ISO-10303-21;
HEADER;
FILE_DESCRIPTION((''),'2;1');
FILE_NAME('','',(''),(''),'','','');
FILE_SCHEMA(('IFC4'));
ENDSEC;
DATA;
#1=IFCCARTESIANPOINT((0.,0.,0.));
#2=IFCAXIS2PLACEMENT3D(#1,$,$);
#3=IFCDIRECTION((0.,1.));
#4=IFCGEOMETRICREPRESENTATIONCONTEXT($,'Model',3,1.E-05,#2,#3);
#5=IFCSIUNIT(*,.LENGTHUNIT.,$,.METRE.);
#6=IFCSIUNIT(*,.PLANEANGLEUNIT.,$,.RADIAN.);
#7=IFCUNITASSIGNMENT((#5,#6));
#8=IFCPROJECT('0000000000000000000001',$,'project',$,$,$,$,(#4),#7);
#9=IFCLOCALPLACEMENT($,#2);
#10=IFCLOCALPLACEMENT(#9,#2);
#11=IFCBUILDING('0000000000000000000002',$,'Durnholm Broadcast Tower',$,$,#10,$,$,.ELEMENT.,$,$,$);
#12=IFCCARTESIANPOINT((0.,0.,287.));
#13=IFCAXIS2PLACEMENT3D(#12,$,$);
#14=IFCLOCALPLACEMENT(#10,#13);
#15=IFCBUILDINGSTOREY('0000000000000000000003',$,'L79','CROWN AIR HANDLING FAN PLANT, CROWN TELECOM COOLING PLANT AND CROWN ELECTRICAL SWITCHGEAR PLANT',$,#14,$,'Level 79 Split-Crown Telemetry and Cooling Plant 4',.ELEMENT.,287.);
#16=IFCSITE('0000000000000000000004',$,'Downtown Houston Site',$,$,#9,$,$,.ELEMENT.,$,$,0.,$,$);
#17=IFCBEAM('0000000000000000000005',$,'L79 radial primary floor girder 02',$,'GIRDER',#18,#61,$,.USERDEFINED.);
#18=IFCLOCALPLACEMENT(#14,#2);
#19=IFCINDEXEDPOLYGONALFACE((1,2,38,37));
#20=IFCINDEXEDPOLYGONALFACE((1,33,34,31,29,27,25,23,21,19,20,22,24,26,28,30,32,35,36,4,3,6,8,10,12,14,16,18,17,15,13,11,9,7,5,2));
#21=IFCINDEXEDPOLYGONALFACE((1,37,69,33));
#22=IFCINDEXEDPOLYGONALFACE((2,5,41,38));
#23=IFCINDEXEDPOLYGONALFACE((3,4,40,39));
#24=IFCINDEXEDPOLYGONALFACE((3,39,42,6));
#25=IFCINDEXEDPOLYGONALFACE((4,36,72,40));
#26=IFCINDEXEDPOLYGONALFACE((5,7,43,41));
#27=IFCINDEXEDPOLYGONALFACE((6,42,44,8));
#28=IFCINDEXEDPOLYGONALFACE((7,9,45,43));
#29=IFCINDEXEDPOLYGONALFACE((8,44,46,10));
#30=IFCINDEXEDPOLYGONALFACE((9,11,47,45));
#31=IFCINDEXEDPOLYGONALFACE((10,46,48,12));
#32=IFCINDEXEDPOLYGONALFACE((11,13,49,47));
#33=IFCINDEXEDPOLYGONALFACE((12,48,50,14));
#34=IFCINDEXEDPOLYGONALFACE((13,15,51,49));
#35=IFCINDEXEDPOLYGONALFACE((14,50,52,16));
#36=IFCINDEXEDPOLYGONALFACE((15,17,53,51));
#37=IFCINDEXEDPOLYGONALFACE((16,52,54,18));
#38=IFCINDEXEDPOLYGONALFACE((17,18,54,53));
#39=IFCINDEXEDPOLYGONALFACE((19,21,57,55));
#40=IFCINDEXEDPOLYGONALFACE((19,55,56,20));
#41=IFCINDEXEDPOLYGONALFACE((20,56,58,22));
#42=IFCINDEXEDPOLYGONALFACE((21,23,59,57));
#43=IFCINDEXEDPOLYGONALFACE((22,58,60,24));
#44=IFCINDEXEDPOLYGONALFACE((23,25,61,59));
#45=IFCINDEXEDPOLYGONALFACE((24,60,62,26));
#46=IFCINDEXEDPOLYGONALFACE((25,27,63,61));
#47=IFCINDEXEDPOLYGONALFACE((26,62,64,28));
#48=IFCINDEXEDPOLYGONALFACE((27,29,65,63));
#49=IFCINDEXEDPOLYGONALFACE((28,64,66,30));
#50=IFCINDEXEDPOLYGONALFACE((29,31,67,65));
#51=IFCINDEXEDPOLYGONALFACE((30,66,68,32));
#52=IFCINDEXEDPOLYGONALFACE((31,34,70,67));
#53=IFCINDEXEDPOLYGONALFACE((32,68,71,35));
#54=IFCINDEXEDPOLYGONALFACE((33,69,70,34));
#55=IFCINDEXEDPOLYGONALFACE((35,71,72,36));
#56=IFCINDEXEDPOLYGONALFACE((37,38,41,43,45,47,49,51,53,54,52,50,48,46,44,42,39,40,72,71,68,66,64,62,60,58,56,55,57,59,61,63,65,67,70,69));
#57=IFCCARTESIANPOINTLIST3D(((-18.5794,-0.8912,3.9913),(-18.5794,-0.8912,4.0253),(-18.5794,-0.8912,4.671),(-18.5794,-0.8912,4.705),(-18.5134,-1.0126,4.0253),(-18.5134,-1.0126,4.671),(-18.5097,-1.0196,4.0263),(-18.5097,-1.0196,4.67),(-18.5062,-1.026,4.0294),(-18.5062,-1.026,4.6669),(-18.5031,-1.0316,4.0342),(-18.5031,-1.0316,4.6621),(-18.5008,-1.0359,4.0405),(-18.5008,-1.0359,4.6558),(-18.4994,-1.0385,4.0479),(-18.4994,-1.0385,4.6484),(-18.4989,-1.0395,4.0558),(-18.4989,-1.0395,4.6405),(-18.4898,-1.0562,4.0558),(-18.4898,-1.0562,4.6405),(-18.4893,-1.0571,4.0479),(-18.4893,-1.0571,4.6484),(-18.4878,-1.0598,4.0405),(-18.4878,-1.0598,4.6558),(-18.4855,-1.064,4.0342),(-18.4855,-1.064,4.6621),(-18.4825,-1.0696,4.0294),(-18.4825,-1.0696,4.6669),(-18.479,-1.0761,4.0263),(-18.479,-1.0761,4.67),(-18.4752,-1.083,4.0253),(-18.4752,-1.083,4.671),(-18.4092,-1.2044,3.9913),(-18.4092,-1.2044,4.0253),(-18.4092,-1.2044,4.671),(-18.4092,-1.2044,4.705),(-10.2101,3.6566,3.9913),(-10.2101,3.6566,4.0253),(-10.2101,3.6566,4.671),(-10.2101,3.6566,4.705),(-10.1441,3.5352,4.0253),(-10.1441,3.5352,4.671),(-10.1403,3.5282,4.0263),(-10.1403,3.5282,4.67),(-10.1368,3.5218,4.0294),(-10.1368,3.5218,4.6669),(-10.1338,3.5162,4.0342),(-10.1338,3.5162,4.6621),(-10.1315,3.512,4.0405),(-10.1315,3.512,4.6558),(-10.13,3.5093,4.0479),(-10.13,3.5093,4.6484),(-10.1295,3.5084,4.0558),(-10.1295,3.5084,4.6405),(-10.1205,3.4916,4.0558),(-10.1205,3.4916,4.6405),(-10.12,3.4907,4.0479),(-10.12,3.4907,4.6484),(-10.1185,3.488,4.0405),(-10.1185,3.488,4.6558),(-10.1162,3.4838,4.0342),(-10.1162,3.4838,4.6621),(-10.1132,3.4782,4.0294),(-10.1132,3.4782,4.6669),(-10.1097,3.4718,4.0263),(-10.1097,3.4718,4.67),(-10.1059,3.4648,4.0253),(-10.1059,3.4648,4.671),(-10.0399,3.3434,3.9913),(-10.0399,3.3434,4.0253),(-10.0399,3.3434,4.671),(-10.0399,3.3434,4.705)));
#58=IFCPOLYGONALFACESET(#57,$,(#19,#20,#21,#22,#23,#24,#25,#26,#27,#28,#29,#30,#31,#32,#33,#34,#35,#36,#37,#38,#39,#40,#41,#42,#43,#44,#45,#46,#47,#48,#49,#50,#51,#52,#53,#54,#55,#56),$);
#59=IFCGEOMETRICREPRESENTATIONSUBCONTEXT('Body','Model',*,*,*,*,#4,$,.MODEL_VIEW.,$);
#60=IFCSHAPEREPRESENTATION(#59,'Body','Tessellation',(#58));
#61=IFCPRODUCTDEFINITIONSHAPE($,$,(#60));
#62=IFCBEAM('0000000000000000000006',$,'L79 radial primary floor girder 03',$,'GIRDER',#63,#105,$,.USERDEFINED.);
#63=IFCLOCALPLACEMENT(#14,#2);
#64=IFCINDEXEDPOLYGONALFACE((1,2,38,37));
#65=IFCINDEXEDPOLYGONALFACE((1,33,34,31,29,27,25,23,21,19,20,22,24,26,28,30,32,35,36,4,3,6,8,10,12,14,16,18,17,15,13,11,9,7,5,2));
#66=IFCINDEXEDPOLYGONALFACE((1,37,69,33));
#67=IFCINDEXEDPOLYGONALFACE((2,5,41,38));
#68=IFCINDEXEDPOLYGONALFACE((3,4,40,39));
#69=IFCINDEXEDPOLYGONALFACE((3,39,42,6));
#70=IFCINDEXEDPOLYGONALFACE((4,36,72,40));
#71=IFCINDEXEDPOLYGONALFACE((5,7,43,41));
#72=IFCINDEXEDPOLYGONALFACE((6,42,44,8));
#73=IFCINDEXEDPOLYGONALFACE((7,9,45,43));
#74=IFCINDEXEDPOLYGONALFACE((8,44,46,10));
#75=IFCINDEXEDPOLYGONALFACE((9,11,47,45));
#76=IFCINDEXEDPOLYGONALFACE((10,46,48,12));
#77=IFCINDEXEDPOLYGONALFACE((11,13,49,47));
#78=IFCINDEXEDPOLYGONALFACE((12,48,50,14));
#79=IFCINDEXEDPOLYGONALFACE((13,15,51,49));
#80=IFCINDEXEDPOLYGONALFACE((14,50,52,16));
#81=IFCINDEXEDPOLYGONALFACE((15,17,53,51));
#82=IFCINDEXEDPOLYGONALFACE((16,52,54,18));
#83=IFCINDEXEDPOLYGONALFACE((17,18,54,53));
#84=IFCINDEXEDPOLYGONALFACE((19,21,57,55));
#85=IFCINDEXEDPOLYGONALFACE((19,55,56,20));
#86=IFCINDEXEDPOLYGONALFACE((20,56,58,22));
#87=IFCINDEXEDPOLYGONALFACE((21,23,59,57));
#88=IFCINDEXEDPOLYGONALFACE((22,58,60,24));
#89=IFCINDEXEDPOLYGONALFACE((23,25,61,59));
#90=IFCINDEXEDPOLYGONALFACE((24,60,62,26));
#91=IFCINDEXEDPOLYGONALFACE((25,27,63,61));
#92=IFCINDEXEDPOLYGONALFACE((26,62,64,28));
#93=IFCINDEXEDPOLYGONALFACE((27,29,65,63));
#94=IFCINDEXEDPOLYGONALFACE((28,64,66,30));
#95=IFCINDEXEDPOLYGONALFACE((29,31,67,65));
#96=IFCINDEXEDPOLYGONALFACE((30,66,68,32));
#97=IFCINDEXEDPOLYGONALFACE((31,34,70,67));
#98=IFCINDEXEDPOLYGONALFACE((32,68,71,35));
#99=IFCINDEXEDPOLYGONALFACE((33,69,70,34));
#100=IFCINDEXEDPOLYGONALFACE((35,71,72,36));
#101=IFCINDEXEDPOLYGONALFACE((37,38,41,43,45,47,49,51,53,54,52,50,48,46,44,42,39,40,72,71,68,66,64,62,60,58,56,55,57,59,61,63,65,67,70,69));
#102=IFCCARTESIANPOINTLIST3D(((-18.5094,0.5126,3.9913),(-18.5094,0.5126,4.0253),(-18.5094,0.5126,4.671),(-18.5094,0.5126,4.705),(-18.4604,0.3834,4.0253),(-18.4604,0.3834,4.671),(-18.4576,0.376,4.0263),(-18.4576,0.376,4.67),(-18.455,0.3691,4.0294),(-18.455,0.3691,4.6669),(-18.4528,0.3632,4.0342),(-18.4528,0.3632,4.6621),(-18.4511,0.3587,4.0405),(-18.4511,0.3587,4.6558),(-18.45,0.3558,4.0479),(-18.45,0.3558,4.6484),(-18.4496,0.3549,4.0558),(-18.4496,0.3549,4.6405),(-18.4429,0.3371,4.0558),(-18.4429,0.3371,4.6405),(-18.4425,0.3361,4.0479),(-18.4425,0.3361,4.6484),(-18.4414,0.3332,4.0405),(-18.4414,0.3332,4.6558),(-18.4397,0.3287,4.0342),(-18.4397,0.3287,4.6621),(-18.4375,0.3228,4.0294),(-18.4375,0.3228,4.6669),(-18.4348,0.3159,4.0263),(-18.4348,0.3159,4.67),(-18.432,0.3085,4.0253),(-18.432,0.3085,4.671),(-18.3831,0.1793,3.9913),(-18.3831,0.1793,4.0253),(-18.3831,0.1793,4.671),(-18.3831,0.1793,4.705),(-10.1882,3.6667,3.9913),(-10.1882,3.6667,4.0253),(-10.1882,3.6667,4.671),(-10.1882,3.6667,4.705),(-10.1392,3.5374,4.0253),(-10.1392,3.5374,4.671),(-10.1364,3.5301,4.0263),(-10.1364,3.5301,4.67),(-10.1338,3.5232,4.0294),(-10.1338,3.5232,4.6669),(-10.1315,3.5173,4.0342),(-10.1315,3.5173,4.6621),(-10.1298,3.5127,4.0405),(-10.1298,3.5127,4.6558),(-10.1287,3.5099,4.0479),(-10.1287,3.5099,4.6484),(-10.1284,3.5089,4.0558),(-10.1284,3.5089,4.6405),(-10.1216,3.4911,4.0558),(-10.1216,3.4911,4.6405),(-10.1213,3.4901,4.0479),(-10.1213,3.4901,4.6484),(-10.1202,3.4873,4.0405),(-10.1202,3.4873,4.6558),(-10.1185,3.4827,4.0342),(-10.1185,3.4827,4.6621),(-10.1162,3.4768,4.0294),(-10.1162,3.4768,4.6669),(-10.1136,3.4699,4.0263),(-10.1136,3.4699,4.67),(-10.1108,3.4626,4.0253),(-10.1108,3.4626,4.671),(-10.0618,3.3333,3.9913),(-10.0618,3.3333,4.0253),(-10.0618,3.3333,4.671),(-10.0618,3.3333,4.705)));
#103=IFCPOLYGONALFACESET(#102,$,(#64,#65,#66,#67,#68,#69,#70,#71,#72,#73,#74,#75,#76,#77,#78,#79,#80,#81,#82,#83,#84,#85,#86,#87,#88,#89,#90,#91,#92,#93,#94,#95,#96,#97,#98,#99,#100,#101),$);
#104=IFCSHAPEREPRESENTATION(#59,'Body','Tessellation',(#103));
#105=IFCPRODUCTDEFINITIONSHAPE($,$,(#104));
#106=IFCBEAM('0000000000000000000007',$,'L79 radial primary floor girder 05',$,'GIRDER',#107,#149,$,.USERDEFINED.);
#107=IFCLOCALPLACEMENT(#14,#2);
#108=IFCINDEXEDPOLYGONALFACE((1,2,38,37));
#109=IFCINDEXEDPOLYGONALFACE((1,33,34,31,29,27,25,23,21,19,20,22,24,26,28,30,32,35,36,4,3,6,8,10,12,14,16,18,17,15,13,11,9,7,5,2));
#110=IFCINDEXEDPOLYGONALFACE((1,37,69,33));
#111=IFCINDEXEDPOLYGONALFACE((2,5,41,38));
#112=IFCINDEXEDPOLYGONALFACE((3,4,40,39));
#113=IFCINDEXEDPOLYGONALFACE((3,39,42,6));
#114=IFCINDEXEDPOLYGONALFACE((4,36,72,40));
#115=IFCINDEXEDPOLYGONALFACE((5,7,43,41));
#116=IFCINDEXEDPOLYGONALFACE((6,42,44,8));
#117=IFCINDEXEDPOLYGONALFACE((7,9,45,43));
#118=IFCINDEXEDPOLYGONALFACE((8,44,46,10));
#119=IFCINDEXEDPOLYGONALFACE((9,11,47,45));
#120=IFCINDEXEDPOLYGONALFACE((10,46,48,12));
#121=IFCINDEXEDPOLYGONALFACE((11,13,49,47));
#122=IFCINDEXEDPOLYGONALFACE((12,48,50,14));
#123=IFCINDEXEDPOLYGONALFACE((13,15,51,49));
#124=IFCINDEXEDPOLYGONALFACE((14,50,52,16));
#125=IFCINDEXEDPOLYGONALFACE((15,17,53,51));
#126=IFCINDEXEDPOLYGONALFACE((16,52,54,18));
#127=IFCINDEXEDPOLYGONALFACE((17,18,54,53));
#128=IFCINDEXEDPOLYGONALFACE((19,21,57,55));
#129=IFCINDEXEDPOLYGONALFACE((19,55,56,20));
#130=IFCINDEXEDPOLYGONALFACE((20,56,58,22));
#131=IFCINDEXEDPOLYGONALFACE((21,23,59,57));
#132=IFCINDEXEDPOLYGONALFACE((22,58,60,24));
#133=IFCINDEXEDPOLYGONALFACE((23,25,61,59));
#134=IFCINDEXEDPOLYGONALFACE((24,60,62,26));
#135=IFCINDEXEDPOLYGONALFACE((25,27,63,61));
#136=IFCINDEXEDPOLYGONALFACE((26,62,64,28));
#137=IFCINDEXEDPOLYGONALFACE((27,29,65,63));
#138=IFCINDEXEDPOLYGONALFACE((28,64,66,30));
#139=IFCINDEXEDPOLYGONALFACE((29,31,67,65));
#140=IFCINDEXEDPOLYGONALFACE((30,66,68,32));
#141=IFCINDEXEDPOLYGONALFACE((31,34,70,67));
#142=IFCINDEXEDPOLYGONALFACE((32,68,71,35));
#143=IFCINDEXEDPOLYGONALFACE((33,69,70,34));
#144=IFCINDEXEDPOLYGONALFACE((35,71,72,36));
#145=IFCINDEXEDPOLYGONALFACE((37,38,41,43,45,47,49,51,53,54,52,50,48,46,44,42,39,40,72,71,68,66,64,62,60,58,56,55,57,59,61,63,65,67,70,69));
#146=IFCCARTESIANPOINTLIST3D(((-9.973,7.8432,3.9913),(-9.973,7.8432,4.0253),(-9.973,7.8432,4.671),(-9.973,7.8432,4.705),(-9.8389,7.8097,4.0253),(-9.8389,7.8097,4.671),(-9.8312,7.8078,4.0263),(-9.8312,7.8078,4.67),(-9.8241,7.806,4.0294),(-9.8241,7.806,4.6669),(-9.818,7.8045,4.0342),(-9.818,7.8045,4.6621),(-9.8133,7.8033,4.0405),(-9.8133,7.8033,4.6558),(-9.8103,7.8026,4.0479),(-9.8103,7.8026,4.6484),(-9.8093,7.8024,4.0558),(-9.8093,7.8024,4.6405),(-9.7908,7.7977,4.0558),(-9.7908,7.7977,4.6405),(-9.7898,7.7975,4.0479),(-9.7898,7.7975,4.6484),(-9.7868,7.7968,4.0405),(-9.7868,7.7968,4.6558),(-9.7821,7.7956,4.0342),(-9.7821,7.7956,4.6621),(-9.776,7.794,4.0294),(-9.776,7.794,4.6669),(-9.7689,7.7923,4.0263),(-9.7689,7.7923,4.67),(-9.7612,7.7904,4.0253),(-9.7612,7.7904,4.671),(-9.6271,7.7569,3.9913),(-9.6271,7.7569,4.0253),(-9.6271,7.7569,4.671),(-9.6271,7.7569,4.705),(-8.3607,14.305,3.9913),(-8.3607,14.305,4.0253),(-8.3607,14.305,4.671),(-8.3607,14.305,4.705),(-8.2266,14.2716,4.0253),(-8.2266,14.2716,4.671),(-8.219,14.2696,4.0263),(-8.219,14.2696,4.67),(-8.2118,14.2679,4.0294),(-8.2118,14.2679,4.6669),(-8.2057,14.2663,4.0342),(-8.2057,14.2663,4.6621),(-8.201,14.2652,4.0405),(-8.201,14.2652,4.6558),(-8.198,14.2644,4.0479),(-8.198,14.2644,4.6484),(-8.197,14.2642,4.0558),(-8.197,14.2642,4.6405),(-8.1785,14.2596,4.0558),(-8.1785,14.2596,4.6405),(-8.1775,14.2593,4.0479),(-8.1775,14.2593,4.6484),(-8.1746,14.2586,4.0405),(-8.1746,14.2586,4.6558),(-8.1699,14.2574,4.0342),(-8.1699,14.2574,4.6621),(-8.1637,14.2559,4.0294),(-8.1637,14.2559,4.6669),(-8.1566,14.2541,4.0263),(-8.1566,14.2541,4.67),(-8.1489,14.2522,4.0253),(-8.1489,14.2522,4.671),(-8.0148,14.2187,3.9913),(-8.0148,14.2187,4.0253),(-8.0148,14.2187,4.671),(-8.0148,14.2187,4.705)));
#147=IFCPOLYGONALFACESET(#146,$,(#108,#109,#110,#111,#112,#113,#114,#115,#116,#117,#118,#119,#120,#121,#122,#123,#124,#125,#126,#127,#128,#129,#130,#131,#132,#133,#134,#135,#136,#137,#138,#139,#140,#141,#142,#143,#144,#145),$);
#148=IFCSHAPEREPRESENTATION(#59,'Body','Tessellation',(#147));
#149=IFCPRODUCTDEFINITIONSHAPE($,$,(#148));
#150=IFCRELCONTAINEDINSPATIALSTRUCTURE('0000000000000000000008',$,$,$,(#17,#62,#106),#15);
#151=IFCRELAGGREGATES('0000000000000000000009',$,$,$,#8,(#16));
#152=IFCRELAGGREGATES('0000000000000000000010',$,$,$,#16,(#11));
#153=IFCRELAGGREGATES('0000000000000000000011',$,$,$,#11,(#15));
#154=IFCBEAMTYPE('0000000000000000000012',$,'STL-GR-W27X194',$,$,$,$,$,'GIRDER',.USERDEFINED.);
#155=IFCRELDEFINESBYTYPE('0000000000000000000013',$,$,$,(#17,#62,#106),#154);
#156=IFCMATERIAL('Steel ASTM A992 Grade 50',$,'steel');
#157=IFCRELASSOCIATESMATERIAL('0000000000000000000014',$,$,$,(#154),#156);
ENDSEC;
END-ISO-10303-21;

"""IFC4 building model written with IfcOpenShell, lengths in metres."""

from ifc_helpers import new_model, si_unit, direction, frame, origin, origin_2d, place, context, subcontext, project, spatial, i_section, extrude, source, transform, mapped, material, material_profile, profile_set, type_object, element, save


model = new_model("IFC4")

# Units and contexts
model_context = context("Model", 3, precision=1e-05, world=origin(), true_north=direction((0.0, 1.0)))
body_context = subcontext(model_context, "Body", "Model", "MODEL_VIEW")
ifc_project = project(units=[si_unit("LENGTHUNIT", "METRE"), si_unit("PLANEANGLEUNIT", "RADIAN")], contexts=[model_context])

# Site, building, storey
site_placement = place(None, origin())
site = spatial("IfcSite", under=ifc_project, at=site_placement, Name="Downtown Houston Site", CompositionType="ELEMENT", RefElevation=0.0)
building_placement = place(site_placement, origin())
building = spatial("IfcBuilding", under=site, at=building_placement, Name="Durnholm Broadcast Tower", CompositionType="ELEMENT")
storey_placement = place(building_placement, frame((0.0, 0.0, 287.0)))
storey = spatial("IfcBuildingStorey", under=building, at=storey_placement, Name="L79", Description="CROWN AIR HANDLING FAN PLANT, CROWN TELECOM COOLING PLANT AND CROWN ELECTRICAL SWITCHGEAR PLANT", LongName="Level 79 Split-Crown Telemetry and Cooling Plant 4", CompositionType="ELEMENT", Elevation=287.0)

# Beams
ifc_material_1 = material(Name="Steel ASTM A992 Grade 50", Category="steel")
ifc_material_profile_1 = material_profile(ifc_material_1, i_section(OverallWidth=0.3564, OverallDepth=0.7136, WebThickness=0.019, FlangeThickness=0.0339, FilletRadius=0.0305, at=origin_2d()), Name="W27X194")
ifc_profile_set_1 = profile_set([ifc_material_profile_1], Name="Steel ASTM A992 Grade 50")
beam_type_1 = type_object("IfcBeamType", Name="STL-GR-W27X194", ElementType="GIRDER", PredefinedType="USERDEFINED", material=ifc_profile_set_1)
shared_shape_1 = source(origin(), body_context, "Body", "SweptSolid", [
    extrude(i_section(OverallWidth=0.3564, OverallDepth=0.7136, WebThickness=0.019, FlangeThickness=0.0339, FilletRadius=0.0305, at=origin_2d()), origin(), (0.0, 0.0, 1.0), 9.5251),
])
beam_1_placement = place(storey_placement, frame((-10.125, 3.5, 4.3481), z_axis=(-0.878657, -0.477454, 0.0), x_axis=(0.477454, -0.878657, 0.0)))
element("IfcBeam", 1, at=beam_1_placement, inside=storey, type_object=beam_type_1, Name="L79 radial primary floor girder 02", ObjectType="GIRDER", PredefinedType="USERDEFINED", context=body_context, shape_type="MappedRepresentation", body=[
    mapped(shared_shape_1, transform((0.0, 0.0, 0.0), x_axis=(1.0, 0.0, 0.0), y_axis=(0.0, 1.0, 0.0), z_axis=(0.0, 0.0, 1.0), scale=1.0)),
])
shared_shape_2 = source(origin(), body_context, "Body", "SweptSolid", [
    extrude(i_section(OverallWidth=0.3564, OverallDepth=0.7136, WebThickness=0.019, FlangeThickness=0.0339, FilletRadius=0.0305, at=origin_2d()), origin(), (0.0, 0.0, 1.0), 8.8989),
])
beam_2_placement = place(storey_placement, frame((-10.125, 3.5, 4.3481), z_axis=(-0.935083, -0.354428, 0.0), x_axis=(0.354428, -0.935083, 0.0)))
element("IfcBeam", 2, at=beam_2_placement, inside=storey, type_object=beam_type_1, Name="L79 radial primary floor girder 03", ObjectType="GIRDER", PredefinedType="USERDEFINED", context=body_context, shape_type="MappedRepresentation", body=[
    mapped(shared_shape_2, transform((0.0, 0.0, 0.0), x_axis=(1.0, 0.0, 0.0), y_axis=(0.0, 1.0, 0.0), z_axis=(0.0, 0.0, 1.0), scale=1.0)),
])
shared_shape_3 = source(origin(), body_context, "Body", "SweptSolid", [
    extrude(i_section(OverallWidth=0.3564, OverallDepth=0.7136, WebThickness=0.019, FlangeThickness=0.0339, FilletRadius=0.0305, at=origin_2d()), origin(), (0.0, 0.0, 1.0), 6.6599),
])
beam_3_placement = place(storey_placement, frame((-9.8, 7.8, 4.3481), z_axis=(0.242087, 0.970255, 0.0), x_axis=(-0.970255, 0.242087, 0.0)))
element("IfcBeam", 3, at=beam_3_placement, inside=storey, type_object=beam_type_1, Name="L79 radial primary floor girder 05", ObjectType="GIRDER", PredefinedType="USERDEFINED", context=body_context, shape_type="MappedRepresentation", body=[
    mapped(shared_shape_3, transform((0.0, 0.0, 0.0), x_axis=(1.0, 0.0, 0.0), y_axis=(0.0, 1.0, 0.0), z_axis=(0.0, 0.0, 1.0), scale=1.0)),
])

save(model, "model.ifc")
